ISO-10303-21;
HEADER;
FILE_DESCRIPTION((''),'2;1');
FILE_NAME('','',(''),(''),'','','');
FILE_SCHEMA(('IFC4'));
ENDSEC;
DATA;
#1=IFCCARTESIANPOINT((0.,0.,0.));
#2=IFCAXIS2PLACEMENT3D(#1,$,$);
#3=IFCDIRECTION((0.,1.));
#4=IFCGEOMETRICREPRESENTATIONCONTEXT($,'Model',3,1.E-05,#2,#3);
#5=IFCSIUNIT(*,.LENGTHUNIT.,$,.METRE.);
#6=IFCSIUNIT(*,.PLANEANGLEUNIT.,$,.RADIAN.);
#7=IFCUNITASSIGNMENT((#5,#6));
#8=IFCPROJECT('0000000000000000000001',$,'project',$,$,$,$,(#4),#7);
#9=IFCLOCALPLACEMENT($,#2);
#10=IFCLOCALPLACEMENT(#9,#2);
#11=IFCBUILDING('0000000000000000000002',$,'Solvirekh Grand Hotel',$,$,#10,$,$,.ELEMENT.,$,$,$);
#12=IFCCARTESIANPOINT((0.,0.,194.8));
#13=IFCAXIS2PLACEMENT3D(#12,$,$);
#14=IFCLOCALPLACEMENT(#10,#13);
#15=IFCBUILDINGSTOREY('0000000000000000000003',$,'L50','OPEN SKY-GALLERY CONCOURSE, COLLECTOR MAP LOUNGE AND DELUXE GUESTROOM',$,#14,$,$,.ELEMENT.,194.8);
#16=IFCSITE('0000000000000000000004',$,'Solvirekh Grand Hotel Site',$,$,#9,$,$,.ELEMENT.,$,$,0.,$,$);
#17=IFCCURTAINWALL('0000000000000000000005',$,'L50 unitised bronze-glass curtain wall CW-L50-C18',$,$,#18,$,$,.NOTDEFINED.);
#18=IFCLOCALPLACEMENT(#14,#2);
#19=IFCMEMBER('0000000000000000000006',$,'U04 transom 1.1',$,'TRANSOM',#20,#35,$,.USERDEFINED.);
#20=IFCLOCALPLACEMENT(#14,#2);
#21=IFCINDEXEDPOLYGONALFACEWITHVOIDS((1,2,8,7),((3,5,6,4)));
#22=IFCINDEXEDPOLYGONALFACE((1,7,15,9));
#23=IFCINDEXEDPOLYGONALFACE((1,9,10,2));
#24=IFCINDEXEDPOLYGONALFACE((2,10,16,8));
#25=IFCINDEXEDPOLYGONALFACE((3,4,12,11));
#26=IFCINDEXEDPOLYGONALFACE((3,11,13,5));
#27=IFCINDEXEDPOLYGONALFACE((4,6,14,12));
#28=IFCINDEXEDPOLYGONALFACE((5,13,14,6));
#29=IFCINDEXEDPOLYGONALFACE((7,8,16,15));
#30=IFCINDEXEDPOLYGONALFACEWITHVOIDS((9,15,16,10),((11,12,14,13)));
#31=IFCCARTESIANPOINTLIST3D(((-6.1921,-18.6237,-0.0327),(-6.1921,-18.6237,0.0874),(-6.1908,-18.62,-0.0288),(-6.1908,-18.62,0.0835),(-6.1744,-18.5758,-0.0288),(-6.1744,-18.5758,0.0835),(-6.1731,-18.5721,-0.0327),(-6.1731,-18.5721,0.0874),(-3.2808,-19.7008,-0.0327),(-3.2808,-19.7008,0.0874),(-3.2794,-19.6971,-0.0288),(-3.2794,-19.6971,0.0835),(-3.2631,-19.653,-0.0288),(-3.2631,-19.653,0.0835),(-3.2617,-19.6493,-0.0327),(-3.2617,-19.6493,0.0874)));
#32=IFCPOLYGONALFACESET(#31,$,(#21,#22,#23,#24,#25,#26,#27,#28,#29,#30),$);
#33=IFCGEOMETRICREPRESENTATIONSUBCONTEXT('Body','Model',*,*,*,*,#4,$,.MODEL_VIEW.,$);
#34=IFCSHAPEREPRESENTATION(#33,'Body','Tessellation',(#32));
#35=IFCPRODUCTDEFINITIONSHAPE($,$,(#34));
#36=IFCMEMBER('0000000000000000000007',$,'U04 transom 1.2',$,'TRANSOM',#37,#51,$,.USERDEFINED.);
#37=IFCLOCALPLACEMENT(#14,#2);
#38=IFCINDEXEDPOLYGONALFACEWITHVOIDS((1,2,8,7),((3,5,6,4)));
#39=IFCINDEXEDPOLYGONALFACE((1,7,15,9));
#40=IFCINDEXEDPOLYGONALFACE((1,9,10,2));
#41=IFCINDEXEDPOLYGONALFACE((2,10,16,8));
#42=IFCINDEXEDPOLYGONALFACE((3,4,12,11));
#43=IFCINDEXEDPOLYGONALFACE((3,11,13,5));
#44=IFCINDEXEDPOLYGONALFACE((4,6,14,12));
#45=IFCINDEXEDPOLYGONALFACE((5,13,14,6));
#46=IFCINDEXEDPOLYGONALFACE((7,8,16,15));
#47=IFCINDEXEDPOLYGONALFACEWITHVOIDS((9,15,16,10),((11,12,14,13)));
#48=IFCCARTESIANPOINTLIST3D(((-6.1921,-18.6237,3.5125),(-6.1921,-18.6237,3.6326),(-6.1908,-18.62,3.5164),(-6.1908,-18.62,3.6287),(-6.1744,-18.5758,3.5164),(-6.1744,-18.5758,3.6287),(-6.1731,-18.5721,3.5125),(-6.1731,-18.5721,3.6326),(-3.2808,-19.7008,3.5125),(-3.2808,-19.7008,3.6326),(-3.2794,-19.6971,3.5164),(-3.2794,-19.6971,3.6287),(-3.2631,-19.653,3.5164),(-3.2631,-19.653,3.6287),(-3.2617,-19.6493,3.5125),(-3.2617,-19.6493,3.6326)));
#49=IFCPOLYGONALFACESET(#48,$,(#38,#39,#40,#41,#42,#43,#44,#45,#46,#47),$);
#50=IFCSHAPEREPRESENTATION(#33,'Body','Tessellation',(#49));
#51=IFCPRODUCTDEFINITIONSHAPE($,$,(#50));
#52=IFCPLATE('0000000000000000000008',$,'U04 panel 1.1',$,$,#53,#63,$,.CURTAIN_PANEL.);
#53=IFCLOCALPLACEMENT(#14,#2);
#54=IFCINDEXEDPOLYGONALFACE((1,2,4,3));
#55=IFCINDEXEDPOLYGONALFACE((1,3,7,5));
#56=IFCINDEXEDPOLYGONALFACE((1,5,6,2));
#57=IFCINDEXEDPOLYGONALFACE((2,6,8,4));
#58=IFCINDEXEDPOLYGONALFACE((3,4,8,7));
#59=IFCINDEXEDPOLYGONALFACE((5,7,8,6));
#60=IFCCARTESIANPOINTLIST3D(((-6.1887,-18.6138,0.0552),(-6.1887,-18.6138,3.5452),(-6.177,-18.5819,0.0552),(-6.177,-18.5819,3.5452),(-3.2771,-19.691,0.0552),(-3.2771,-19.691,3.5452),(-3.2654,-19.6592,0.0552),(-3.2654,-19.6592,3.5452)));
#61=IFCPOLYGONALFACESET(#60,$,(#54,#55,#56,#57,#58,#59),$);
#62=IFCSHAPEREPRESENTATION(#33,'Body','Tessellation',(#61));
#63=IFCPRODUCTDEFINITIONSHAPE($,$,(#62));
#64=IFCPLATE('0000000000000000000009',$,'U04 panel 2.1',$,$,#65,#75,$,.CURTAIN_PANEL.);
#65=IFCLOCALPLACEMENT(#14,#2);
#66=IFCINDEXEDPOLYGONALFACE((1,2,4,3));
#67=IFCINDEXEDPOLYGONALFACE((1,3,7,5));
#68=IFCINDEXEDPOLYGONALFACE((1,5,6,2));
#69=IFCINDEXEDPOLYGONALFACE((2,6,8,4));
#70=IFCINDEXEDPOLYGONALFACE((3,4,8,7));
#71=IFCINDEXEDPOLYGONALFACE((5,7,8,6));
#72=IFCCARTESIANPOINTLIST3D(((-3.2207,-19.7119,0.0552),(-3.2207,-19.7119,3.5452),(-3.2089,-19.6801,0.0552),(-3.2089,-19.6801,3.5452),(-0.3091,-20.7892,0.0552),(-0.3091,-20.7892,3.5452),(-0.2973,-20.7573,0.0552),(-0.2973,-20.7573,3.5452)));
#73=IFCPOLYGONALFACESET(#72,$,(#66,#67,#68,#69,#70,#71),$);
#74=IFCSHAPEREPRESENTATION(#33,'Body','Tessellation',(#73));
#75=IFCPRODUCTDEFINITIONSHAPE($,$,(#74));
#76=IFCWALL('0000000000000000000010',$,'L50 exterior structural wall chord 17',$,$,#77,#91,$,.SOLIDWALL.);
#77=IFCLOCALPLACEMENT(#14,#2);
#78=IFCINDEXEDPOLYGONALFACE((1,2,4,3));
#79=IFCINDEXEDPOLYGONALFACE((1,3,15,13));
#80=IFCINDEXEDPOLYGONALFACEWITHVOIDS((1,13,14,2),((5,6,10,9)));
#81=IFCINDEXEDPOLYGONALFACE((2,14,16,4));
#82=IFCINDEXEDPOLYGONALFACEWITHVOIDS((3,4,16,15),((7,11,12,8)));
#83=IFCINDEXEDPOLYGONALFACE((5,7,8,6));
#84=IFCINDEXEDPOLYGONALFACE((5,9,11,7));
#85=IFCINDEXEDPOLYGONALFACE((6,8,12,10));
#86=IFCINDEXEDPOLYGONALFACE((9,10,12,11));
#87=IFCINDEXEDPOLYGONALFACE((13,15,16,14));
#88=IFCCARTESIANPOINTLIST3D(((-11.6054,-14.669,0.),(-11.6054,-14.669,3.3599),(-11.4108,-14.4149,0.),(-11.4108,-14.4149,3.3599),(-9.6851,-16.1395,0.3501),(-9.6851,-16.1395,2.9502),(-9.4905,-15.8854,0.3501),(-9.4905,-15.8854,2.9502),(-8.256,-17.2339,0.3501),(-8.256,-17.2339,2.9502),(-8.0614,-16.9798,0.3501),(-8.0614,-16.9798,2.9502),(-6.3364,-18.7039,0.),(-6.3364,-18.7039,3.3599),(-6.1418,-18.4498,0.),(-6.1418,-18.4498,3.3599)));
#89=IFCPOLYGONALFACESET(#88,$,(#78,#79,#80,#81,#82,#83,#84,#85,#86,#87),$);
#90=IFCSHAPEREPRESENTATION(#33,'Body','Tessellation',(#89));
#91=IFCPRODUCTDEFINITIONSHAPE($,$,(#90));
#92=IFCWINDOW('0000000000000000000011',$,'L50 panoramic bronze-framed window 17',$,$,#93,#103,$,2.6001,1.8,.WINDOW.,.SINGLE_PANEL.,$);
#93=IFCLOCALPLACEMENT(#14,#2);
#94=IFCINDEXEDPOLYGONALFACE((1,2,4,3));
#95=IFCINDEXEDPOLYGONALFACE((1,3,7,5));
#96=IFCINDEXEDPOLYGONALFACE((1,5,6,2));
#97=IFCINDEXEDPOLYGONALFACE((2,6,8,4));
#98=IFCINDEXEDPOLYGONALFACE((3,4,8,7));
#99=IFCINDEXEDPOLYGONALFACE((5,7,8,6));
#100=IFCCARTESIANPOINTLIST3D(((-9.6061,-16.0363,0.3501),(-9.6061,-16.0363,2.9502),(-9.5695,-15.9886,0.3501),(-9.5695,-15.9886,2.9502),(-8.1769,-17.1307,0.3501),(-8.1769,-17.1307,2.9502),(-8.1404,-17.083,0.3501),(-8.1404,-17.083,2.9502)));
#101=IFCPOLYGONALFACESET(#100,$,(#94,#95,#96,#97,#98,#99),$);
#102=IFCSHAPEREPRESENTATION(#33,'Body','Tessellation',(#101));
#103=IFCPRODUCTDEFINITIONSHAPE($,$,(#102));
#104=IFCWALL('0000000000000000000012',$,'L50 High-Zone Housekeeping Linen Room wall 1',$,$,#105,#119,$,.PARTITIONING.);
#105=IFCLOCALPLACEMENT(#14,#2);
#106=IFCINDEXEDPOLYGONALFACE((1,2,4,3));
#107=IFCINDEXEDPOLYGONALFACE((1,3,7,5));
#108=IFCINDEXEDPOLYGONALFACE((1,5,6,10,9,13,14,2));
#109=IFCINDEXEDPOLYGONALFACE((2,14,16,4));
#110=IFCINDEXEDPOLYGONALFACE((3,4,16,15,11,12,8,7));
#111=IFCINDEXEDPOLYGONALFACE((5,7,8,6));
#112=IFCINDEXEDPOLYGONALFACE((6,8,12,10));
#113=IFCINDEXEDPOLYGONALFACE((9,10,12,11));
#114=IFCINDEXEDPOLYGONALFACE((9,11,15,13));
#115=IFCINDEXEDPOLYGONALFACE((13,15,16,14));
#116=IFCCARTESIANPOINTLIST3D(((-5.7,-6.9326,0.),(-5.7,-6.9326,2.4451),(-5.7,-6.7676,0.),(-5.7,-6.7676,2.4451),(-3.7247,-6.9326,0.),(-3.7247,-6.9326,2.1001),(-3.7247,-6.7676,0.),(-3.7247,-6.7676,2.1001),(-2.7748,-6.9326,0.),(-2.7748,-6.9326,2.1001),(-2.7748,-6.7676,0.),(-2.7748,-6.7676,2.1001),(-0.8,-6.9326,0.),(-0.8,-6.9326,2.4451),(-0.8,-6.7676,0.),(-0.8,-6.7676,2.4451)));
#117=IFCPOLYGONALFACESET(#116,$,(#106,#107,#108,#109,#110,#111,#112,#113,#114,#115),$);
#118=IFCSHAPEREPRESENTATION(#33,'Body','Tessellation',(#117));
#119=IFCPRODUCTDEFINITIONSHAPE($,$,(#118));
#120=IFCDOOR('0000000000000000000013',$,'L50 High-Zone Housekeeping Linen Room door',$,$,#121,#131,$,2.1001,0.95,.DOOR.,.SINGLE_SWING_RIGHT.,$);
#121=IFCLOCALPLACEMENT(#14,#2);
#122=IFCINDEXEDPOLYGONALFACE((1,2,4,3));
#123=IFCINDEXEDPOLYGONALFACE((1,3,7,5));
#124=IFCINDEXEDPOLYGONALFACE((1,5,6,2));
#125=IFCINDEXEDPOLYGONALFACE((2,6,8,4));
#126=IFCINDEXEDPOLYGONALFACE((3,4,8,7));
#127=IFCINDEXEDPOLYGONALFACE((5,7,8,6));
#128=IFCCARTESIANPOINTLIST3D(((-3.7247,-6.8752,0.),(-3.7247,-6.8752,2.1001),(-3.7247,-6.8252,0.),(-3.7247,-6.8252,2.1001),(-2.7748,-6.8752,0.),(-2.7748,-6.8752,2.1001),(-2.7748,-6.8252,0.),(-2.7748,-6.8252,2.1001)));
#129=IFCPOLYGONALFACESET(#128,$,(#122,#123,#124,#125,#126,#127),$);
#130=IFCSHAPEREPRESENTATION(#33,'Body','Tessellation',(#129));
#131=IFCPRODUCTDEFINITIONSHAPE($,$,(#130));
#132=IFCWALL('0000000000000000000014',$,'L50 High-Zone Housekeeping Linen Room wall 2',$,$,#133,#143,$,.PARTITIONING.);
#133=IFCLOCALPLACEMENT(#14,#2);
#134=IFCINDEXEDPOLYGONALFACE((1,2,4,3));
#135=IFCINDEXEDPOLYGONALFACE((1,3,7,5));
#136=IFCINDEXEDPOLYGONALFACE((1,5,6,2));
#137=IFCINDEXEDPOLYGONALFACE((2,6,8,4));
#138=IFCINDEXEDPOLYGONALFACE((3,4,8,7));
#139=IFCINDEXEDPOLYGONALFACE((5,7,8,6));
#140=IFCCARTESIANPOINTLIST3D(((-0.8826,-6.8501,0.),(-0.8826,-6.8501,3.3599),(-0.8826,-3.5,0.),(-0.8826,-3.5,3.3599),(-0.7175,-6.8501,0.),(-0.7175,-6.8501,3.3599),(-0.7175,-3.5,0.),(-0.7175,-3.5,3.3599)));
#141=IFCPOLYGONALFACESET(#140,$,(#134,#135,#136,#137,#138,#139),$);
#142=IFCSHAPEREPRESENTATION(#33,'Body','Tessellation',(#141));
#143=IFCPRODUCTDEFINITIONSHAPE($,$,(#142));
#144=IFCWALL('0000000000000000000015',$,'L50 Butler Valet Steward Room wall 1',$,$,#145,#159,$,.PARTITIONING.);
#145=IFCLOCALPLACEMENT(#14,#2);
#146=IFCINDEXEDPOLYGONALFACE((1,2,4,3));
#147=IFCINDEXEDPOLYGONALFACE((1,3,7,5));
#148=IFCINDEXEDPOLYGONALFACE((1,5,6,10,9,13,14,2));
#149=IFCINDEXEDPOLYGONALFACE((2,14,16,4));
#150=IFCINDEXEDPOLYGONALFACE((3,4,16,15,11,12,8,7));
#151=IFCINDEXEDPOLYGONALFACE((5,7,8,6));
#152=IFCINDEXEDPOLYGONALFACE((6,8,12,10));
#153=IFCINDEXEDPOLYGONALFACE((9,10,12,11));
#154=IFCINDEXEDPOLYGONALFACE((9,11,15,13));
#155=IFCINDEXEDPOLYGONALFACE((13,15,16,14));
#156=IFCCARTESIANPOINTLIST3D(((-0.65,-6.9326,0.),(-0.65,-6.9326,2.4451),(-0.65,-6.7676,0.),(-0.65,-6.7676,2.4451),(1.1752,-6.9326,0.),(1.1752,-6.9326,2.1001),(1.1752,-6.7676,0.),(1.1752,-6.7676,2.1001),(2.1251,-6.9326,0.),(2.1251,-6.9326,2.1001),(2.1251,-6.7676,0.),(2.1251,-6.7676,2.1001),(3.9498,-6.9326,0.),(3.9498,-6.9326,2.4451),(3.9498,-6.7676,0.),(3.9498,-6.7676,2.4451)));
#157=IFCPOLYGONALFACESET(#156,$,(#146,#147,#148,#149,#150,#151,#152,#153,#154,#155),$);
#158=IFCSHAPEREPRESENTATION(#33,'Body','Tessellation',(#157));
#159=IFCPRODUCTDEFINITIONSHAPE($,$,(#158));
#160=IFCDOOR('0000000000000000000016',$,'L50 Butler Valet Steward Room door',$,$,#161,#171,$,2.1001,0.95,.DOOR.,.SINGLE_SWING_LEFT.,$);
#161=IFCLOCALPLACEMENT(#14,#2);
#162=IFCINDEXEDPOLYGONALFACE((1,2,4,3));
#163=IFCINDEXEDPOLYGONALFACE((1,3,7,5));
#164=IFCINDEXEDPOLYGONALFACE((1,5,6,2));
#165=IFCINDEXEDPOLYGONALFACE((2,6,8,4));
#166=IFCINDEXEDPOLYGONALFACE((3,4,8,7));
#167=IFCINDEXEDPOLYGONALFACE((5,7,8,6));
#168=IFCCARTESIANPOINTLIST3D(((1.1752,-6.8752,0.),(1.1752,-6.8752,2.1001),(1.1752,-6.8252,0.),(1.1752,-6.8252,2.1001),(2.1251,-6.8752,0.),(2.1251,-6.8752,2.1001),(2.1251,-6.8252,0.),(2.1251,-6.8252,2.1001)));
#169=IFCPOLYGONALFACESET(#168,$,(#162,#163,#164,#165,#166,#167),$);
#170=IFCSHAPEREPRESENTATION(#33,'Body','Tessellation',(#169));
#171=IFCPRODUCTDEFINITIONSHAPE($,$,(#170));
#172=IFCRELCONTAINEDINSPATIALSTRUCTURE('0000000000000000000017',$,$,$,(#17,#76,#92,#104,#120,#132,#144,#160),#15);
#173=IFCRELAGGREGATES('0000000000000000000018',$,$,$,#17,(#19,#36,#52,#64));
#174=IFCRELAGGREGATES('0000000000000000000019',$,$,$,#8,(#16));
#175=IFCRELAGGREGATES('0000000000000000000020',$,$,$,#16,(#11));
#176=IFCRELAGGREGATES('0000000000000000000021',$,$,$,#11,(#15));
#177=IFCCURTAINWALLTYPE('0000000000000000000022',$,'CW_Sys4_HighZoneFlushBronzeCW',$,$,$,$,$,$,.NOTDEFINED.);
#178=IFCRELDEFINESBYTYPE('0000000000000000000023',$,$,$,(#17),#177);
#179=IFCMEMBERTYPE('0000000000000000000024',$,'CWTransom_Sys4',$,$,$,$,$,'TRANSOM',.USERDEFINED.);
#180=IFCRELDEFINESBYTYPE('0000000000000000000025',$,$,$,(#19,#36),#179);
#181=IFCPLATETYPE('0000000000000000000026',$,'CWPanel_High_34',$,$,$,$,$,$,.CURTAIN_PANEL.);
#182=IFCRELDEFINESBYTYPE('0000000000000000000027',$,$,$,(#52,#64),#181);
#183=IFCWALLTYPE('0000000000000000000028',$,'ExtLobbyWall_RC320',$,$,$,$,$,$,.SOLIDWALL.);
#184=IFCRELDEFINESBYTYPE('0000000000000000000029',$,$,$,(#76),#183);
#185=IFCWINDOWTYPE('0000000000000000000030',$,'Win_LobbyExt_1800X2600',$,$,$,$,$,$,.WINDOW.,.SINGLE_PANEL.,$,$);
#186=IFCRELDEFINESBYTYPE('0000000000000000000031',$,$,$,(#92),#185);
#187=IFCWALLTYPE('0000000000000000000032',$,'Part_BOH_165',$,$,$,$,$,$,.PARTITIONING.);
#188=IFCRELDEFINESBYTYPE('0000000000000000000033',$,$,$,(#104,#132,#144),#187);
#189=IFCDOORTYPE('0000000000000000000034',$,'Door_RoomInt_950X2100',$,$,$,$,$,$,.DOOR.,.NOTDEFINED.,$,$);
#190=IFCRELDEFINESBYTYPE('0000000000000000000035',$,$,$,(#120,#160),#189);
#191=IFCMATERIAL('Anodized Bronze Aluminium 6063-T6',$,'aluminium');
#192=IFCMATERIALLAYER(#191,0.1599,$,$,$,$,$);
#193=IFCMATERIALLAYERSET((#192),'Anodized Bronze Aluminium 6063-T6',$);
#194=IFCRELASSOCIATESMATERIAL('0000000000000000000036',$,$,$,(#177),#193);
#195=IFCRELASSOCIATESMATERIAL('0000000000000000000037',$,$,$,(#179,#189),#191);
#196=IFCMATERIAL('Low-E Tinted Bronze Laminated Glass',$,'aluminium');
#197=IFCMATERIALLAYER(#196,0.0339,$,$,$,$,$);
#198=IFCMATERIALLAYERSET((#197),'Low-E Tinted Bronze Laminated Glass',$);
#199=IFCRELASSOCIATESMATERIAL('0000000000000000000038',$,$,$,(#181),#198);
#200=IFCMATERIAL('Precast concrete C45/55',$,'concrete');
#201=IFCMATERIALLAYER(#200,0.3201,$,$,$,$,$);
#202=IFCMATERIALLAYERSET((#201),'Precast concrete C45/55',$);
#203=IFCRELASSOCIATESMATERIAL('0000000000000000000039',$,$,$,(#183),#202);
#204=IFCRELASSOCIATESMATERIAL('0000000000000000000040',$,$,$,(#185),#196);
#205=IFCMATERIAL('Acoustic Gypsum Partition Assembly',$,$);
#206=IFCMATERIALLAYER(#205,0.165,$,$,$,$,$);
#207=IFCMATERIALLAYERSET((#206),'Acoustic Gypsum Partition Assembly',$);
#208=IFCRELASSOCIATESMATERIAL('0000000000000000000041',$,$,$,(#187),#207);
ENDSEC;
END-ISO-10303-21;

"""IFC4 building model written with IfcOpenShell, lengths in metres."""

from ifc_helpers import new_model, si_unit, direction, frame, frame_2d, origin, origin_2d, place, context, subcontext, project, spatial, rectangle, hollow_rectangle, extrude, source, transform, mapped, material, layer, layer_set, material_profile, profile_set, type_object, element, fill, aggregate, save


model = new_model("IFC4")

# Units and contexts
model_context = context("Model", 3, precision=1e-05, world=origin(), true_north=direction((0.0, 1.0)))
body_context = subcontext(model_context, "Body", "Model", "MODEL_VIEW")
ifc_project = project(units=[si_unit("LENGTHUNIT", "METRE"), si_unit("PLANEANGLEUNIT", "RADIAN")], contexts=[model_context])

# Site, building, storey
site_placement = place(None, origin())
site = spatial("IfcSite", under=ifc_project, at=site_placement, Name="Solvirekh Grand Hotel Site", CompositionType="ELEMENT", RefElevation=0.0)
building_placement = place(site_placement, origin())
building = spatial("IfcBuilding", under=site, at=building_placement, Name="Solvirekh Grand Hotel", CompositionType="ELEMENT")
storey_placement = place(building_placement, frame((0.0, 0.0, 194.8)))
storey = spatial("IfcBuildingStorey", under=building, at=storey_placement, Name="L50", Description="OPEN SKY-GALLERY CONCOURSE, COLLECTOR MAP LOUNGE AND DELUXE GUESTROOM", CompositionType="ELEMENT", Elevation=194.8)

# Curtain wall, members, plates
ifc_material_1 = material(Name="Anodized Bronze Aluminium 6063-T6", Category="aluminium")
ifc_layer_1 = layer(ifc_material_1, 0.1599)
ifc_layer_set_1 = layer_set([ifc_layer_1], Name="Anodized Bronze Aluminium 6063-T6")
curtain_wall_type = type_object("IfcCurtainWallType", Name="CW_Sys4_HighZoneFlushBronzeCW", PredefinedType="NOTDEFINED", material=ifc_layer_set_1)
curtain_wall_placement = place(storey_placement, origin())
curtain_wall = element("IfcCurtainWall", 1, at=curtain_wall_placement, inside=storey, type_object=curtain_wall_type, Name="L50 unitised bronze-glass curtain wall CW-L50-C18", PredefinedType="NOTDEFINED")
ifc_material_profile_1 = material_profile(ifc_material_1, hollow_rectangle(XDim=0.0549, YDim=0.1201, WallThickness=0.0039, at=origin_2d()), Name="ALU RHS 120X55X4")
ifc_profile_set_1 = profile_set([ifc_material_profile_1], Name="Anodized Bronze Aluminium 6063-T6")
member_type_1 = type_object("IfcMemberType", Name="CWTransom_Sys4", ElementType="TRANSOM", PredefinedType="USERDEFINED", material=ifc_profile_set_1)
shared_shape_1 = source(origin(), body_context, "Body", "SweptSolid", [
    extrude(hollow_rectangle(XDim=0.0549, YDim=0.1201, WallThickness=0.0039, at=origin_2d()), origin(), (0.0, 0.0, 1.0), 3.1042),
])
member_1_placement = place(storey_placement, frame((-6.1826, -18.5979, 0.0273), z_axis=(0.937868, -0.346992, 0.0), x_axis=(0.346992, 0.937868, 0.0)))
member_1 = element("IfcMember", 2, at=member_1_placement, type_object=member_type_1, Name="U04 transom 1.1", ObjectType="TRANSOM", PredefinedType="USERDEFINED", context=body_context, shape_type="MappedRepresentation", body=[
    mapped(shared_shape_1, transform((0.0, 0.0, 0.0), x_axis=(1.0, 0.0, 0.0), y_axis=(0.0, 1.0, 0.0), z_axis=(0.0, 0.0, 1.0), scale=1.0)),
])
member_2_placement = place(storey_placement, frame((-6.1826, -18.5979, 3.5725), z_axis=(0.937868, -0.346992, 0.0), x_axis=(0.346992, 0.937868, 0.0)))
member_2 = element("IfcMember", 3, at=member_2_placement, type_object=member_type_1, Name="U04 transom 1.2", ObjectType="TRANSOM", PredefinedType="USERDEFINED", context=body_context, shape_type="MappedRepresentation", body=[
    mapped(shared_shape_1, transform((0.0, 0.0, 0.0), x_axis=(1.0, 0.0, 0.0), y_axis=(0.0, 1.0, 0.0), z_axis=(0.0, 0.0, 1.0), scale=1.0)),
])
ifc_material_2 = material(Name="Low-E Tinted Bronze Laminated Glass", Category="aluminium")
ifc_layer_2 = layer(ifc_material_2, 0.0339)
ifc_layer_set_2 = layer_set([ifc_layer_2], Name="Low-E Tinted Bronze Laminated Glass")
plate_type = type_object("IfcPlateType", Name="CWPanel_High_34", PredefinedType="CURTAIN_PANEL", material=ifc_layer_set_2)
shared_shape_2 = source(origin(), body_context, "Body", "SweptSolid", [
    extrude(rectangle(XDim=3.1045, YDim=0.0339, at=origin_2d()), origin(), (0.0, 0.0, 1.0), 3.49),
])
plate_1_placement = place(storey_placement, frame((-4.7271, -19.1365, 0.0552), z_axis=(0.0, 0.0, 1.0), x_axis=(0.937864, -0.347003, 0.0)))
plate_1 = element("IfcPlate", 4, at=plate_1_placement, type_object=plate_type, Name="U04 panel 1.1", PredefinedType="CURTAIN_PANEL", context=body_context, shape_type="MappedRepresentation", body=[
    mapped(shared_shape_2, transform((0.0, 0.0, 0.0), x_axis=(1.0, 0.0, 0.0), y_axis=(0.0, 1.0, 0.0), z_axis=(0.0, 0.0, 1.0), scale=1.0)),
])
plate_2_placement = place(storey_placement, frame((-1.759, -20.2346, 0.0552), z_axis=(0.0, 0.0, 1.0), x_axis=(0.937864, -0.347003, 0.0)))
plate_2 = element("IfcPlate", 5, at=plate_2_placement, type_object=plate_type, Name="U04 panel 2.1", PredefinedType="CURTAIN_PANEL", context=body_context, shape_type="MappedRepresentation", body=[
    mapped(shared_shape_2, transform((0.0, 0.0, 0.0), x_axis=(1.0, 0.0, 0.0), y_axis=(0.0, 1.0, 0.0), z_axis=(0.0, 0.0, 1.0), scale=1.0)),
])
aggregate(curtain_wall, [member_1, member_2, plate_1, plate_2])

# Wall, opening, window
ifc_material_3 = material(Name="Precast concrete C45/55", Category="concrete")
ifc_layer_3 = layer(ifc_material_3, 0.3201)
ifc_layer_set_3 = layer_set([ifc_layer_3], Name="Precast concrete C45/55")
wall_type_1 = type_object("IfcWallType", Name="ExtLobbyWall_RC320", PredefinedType="SOLIDWALL", material=ifc_layer_set_3)
wall_1_placement = place(storey_placement, frame((-6.239, -18.5769, 0.0), z_axis=(0.0, 0.0, 1.0), x_axis=(-0.793947, 0.607987, 0.0)))
wall_1 = element("IfcWall", 6, at=wall_1_placement, inside=storey, type_object=wall_type_1, Name="L50 exterior structural wall chord 17", PredefinedType="SOLIDWALL", context=body_context, shape_type="SweptSolid", body=[
    extrude(rectangle(XDim=6.6365, YDim=0.3201, at=frame_2d((3.3184, 0.0))), origin(), (0.0, 0.0, 1.0), 3.3599),
])
opening_1_placement = place(wall_1_placement, frame((2.418, 0.0, 0.3501)))
opening_1 = element("IfcOpeningElement", 7, at=opening_1_placement, cuts=wall_1, PredefinedType="OPENING", context=body_context, shape_type="SweptSolid", body=[
    extrude(rectangle(XDim=1.8, YDim=2.6001, at=frame_2d((0.8999, 1.3))), frame((0.0, 0.1699, 0.0), z_axis=(0.0, -1.0, 0.0), x_axis=(1.0, 0.0, 0.0)), (0.0, 0.0, 1.0), 0.3401),
])
window_type = type_object("IfcWindowType", Name="Win_LobbyExt_1800X2600", PartitioningType="SINGLE_PANEL", PredefinedType="WINDOW", material=ifc_material_2)
window_placement = place(opening_1_placement, origin())
window = element("IfcWindow", 8, at=window_placement, inside=storey, type_object=window_type, Name="L50 panoramic bronze-framed window 17", OverallHeight=2.6001, OverallWidth=1.8, PartitioningType="SINGLE_PANEL", PredefinedType="WINDOW", context=body_context, shape_type="SweptSolid", body=[
    extrude(rectangle(XDim=1.8, YDim=2.6001, at=frame_2d((0.8999, 1.3))), frame((0.0, 0.03, 0.0), z_axis=(0.0, -1.0, 0.0), x_axis=(1.0, 0.0, 0.0)), (0.0, 0.0, 1.0), 0.0601),
])
fill(opening_1, window)

# Wall, opening, door
ifc_material_4 = material(Name="Acoustic Gypsum Partition Assembly")
ifc_layer_4 = layer(ifc_material_4, 0.165)
ifc_layer_set_4 = layer_set([ifc_layer_4], Name="Acoustic Gypsum Partition Assembly")
wall_type_2 = type_object("IfcWallType", Name="Part_BOH_165", PredefinedType="PARTITIONING", material=ifc_layer_set_4)
wall_2_placement = place(storey_placement, frame((-5.7, -6.8501, 0.0), z_axis=(0.0, 0.0, 1.0), x_axis=(1.0, 0.0, 0.0)))
wall_2 = element("IfcWall", 9, at=wall_2_placement, inside=storey, type_object=wall_type_2, Name="L50 High-Zone Housekeeping Linen Room wall 1", PredefinedType="PARTITIONING", context=body_context, shape_type="SweptSolid", body=[
    extrude(rectangle(XDim=4.8999, YDim=0.165, at=frame_2d((2.45, 0.0))), origin(), (0.0, 0.0, 1.0), 2.4451),
])
opening_2_placement = place(wall_2_placement, frame((1.9751, 0.0, 0.0)))
opening_2 = element("IfcOpeningElement", 10, at=opening_2_placement, cuts=wall_2, PredefinedType="OPENING", context=body_context, shape_type="SweptSolid", body=[
    extrude(rectangle(XDim=0.95, YDim=2.1001, at=frame_2d((0.4751, 1.05))), frame((0.0, 0.0925, 0.0), z_axis=(0.0, -1.0, 0.0), x_axis=(1.0, 0.0, 0.0)), (0.0, 0.0, 1.0), 0.1851),
])
door_type = type_object("IfcDoorType", Name="Door_RoomInt_950X2100", OperationType="NOTDEFINED", PredefinedType="DOOR", material=ifc_material_1)
door_1_placement = place(opening_2_placement, origin())
door_1 = element("IfcDoor", 11, at=door_1_placement, inside=storey, type_object=door_type, Name="L50 High-Zone Housekeeping Linen Room door", OperationType="SINGLE_SWING_RIGHT", OverallHeight=2.1001, OverallWidth=0.95, PredefinedType="DOOR", context=body_context, shape_type="SweptSolid", body=[
    extrude(rectangle(XDim=0.95, YDim=2.1001, at=frame_2d((0.4751, 1.05))), frame((0.0, 0.0249, 0.0), z_axis=(0.0, -1.0, 0.0), x_axis=(1.0, 0.0, 0.0)), (0.0, 0.0, 1.0), 0.05),
])
fill(opening_2, door_1)

# Wall
wall_3_placement = place(storey_placement, frame((-0.8, -6.8501, 0.0), z_axis=(0.0, 0.0, 1.0), x_axis=(0.0, 1.0, 0.0)))
element("IfcWall", 12, at=wall_3_placement, inside=storey, type_object=wall_type_2, Name="L50 High-Zone Housekeeping Linen Room wall 2", PredefinedType="PARTITIONING", context=body_context, shape_type="SweptSolid", body=[
    extrude(rectangle(XDim=3.3501, YDim=0.165, at=frame_2d((1.675, 0.0))), origin(), (0.0, 0.0, 1.0), 3.3599),
])

# Wall, opening, door
wall_4_placement = place(storey_placement, frame((-0.6499, -6.8501, 0.0), z_axis=(0.0, 0.0, 1.0), x_axis=(1.0, 0.0, 0.0)))
wall_4 = element("IfcWall", 13, at=wall_4_placement, inside=storey, type_object=wall_type_2, Name="L50 Butler Valet Steward Room wall 1", PredefinedType="PARTITIONING", context=body_context, shape_type="SweptSolid", body=[
    extrude(rectangle(XDim=4.5999, YDim=0.165, at=frame_2d((2.2998, 0.0))), origin(), (0.0, 0.0, 1.0), 2.4451),
])
opening_3_placement = place(wall_4_placement, frame((1.825, 0.0, 0.0)))
opening_3 = element("IfcOpeningElement", 14, at=opening_3_placement, cuts=wall_4, PredefinedType="OPENING", context=body_context, shape_type="SweptSolid", body=[
    extrude(rectangle(XDim=0.95, YDim=2.1001, at=frame_2d((0.4751, 1.05))), frame((0.0, 0.0925, 0.0), z_axis=(0.0, -1.0, 0.0), x_axis=(1.0, 0.0, 0.0)), (0.0, 0.0, 1.0), 0.1851),
])
door_2_placement = place(opening_3_placement, origin())
door_2 = element("IfcDoor", 15, at=door_2_placement, inside=storey, type_object=door_type, Name="L50 Butler Valet Steward Room door", OperationType="SINGLE_SWING_LEFT", OverallHeight=2.1001, OverallWidth=0.95, PredefinedType="DOOR", context=body_context, shape_type="SweptSolid", body=[
    extrude(rectangle(XDim=0.95, YDim=2.1001, at=frame_2d((0.4751, 1.05))), frame((0.0, 0.0249, 0.0), z_axis=(0.0, -1.0, 0.0), x_axis=(1.0, 0.0, 0.0)), (0.0, 0.0, 1.0), 0.05),
])
fill(opening_3, door_2)

save(model, "model.ifc")
